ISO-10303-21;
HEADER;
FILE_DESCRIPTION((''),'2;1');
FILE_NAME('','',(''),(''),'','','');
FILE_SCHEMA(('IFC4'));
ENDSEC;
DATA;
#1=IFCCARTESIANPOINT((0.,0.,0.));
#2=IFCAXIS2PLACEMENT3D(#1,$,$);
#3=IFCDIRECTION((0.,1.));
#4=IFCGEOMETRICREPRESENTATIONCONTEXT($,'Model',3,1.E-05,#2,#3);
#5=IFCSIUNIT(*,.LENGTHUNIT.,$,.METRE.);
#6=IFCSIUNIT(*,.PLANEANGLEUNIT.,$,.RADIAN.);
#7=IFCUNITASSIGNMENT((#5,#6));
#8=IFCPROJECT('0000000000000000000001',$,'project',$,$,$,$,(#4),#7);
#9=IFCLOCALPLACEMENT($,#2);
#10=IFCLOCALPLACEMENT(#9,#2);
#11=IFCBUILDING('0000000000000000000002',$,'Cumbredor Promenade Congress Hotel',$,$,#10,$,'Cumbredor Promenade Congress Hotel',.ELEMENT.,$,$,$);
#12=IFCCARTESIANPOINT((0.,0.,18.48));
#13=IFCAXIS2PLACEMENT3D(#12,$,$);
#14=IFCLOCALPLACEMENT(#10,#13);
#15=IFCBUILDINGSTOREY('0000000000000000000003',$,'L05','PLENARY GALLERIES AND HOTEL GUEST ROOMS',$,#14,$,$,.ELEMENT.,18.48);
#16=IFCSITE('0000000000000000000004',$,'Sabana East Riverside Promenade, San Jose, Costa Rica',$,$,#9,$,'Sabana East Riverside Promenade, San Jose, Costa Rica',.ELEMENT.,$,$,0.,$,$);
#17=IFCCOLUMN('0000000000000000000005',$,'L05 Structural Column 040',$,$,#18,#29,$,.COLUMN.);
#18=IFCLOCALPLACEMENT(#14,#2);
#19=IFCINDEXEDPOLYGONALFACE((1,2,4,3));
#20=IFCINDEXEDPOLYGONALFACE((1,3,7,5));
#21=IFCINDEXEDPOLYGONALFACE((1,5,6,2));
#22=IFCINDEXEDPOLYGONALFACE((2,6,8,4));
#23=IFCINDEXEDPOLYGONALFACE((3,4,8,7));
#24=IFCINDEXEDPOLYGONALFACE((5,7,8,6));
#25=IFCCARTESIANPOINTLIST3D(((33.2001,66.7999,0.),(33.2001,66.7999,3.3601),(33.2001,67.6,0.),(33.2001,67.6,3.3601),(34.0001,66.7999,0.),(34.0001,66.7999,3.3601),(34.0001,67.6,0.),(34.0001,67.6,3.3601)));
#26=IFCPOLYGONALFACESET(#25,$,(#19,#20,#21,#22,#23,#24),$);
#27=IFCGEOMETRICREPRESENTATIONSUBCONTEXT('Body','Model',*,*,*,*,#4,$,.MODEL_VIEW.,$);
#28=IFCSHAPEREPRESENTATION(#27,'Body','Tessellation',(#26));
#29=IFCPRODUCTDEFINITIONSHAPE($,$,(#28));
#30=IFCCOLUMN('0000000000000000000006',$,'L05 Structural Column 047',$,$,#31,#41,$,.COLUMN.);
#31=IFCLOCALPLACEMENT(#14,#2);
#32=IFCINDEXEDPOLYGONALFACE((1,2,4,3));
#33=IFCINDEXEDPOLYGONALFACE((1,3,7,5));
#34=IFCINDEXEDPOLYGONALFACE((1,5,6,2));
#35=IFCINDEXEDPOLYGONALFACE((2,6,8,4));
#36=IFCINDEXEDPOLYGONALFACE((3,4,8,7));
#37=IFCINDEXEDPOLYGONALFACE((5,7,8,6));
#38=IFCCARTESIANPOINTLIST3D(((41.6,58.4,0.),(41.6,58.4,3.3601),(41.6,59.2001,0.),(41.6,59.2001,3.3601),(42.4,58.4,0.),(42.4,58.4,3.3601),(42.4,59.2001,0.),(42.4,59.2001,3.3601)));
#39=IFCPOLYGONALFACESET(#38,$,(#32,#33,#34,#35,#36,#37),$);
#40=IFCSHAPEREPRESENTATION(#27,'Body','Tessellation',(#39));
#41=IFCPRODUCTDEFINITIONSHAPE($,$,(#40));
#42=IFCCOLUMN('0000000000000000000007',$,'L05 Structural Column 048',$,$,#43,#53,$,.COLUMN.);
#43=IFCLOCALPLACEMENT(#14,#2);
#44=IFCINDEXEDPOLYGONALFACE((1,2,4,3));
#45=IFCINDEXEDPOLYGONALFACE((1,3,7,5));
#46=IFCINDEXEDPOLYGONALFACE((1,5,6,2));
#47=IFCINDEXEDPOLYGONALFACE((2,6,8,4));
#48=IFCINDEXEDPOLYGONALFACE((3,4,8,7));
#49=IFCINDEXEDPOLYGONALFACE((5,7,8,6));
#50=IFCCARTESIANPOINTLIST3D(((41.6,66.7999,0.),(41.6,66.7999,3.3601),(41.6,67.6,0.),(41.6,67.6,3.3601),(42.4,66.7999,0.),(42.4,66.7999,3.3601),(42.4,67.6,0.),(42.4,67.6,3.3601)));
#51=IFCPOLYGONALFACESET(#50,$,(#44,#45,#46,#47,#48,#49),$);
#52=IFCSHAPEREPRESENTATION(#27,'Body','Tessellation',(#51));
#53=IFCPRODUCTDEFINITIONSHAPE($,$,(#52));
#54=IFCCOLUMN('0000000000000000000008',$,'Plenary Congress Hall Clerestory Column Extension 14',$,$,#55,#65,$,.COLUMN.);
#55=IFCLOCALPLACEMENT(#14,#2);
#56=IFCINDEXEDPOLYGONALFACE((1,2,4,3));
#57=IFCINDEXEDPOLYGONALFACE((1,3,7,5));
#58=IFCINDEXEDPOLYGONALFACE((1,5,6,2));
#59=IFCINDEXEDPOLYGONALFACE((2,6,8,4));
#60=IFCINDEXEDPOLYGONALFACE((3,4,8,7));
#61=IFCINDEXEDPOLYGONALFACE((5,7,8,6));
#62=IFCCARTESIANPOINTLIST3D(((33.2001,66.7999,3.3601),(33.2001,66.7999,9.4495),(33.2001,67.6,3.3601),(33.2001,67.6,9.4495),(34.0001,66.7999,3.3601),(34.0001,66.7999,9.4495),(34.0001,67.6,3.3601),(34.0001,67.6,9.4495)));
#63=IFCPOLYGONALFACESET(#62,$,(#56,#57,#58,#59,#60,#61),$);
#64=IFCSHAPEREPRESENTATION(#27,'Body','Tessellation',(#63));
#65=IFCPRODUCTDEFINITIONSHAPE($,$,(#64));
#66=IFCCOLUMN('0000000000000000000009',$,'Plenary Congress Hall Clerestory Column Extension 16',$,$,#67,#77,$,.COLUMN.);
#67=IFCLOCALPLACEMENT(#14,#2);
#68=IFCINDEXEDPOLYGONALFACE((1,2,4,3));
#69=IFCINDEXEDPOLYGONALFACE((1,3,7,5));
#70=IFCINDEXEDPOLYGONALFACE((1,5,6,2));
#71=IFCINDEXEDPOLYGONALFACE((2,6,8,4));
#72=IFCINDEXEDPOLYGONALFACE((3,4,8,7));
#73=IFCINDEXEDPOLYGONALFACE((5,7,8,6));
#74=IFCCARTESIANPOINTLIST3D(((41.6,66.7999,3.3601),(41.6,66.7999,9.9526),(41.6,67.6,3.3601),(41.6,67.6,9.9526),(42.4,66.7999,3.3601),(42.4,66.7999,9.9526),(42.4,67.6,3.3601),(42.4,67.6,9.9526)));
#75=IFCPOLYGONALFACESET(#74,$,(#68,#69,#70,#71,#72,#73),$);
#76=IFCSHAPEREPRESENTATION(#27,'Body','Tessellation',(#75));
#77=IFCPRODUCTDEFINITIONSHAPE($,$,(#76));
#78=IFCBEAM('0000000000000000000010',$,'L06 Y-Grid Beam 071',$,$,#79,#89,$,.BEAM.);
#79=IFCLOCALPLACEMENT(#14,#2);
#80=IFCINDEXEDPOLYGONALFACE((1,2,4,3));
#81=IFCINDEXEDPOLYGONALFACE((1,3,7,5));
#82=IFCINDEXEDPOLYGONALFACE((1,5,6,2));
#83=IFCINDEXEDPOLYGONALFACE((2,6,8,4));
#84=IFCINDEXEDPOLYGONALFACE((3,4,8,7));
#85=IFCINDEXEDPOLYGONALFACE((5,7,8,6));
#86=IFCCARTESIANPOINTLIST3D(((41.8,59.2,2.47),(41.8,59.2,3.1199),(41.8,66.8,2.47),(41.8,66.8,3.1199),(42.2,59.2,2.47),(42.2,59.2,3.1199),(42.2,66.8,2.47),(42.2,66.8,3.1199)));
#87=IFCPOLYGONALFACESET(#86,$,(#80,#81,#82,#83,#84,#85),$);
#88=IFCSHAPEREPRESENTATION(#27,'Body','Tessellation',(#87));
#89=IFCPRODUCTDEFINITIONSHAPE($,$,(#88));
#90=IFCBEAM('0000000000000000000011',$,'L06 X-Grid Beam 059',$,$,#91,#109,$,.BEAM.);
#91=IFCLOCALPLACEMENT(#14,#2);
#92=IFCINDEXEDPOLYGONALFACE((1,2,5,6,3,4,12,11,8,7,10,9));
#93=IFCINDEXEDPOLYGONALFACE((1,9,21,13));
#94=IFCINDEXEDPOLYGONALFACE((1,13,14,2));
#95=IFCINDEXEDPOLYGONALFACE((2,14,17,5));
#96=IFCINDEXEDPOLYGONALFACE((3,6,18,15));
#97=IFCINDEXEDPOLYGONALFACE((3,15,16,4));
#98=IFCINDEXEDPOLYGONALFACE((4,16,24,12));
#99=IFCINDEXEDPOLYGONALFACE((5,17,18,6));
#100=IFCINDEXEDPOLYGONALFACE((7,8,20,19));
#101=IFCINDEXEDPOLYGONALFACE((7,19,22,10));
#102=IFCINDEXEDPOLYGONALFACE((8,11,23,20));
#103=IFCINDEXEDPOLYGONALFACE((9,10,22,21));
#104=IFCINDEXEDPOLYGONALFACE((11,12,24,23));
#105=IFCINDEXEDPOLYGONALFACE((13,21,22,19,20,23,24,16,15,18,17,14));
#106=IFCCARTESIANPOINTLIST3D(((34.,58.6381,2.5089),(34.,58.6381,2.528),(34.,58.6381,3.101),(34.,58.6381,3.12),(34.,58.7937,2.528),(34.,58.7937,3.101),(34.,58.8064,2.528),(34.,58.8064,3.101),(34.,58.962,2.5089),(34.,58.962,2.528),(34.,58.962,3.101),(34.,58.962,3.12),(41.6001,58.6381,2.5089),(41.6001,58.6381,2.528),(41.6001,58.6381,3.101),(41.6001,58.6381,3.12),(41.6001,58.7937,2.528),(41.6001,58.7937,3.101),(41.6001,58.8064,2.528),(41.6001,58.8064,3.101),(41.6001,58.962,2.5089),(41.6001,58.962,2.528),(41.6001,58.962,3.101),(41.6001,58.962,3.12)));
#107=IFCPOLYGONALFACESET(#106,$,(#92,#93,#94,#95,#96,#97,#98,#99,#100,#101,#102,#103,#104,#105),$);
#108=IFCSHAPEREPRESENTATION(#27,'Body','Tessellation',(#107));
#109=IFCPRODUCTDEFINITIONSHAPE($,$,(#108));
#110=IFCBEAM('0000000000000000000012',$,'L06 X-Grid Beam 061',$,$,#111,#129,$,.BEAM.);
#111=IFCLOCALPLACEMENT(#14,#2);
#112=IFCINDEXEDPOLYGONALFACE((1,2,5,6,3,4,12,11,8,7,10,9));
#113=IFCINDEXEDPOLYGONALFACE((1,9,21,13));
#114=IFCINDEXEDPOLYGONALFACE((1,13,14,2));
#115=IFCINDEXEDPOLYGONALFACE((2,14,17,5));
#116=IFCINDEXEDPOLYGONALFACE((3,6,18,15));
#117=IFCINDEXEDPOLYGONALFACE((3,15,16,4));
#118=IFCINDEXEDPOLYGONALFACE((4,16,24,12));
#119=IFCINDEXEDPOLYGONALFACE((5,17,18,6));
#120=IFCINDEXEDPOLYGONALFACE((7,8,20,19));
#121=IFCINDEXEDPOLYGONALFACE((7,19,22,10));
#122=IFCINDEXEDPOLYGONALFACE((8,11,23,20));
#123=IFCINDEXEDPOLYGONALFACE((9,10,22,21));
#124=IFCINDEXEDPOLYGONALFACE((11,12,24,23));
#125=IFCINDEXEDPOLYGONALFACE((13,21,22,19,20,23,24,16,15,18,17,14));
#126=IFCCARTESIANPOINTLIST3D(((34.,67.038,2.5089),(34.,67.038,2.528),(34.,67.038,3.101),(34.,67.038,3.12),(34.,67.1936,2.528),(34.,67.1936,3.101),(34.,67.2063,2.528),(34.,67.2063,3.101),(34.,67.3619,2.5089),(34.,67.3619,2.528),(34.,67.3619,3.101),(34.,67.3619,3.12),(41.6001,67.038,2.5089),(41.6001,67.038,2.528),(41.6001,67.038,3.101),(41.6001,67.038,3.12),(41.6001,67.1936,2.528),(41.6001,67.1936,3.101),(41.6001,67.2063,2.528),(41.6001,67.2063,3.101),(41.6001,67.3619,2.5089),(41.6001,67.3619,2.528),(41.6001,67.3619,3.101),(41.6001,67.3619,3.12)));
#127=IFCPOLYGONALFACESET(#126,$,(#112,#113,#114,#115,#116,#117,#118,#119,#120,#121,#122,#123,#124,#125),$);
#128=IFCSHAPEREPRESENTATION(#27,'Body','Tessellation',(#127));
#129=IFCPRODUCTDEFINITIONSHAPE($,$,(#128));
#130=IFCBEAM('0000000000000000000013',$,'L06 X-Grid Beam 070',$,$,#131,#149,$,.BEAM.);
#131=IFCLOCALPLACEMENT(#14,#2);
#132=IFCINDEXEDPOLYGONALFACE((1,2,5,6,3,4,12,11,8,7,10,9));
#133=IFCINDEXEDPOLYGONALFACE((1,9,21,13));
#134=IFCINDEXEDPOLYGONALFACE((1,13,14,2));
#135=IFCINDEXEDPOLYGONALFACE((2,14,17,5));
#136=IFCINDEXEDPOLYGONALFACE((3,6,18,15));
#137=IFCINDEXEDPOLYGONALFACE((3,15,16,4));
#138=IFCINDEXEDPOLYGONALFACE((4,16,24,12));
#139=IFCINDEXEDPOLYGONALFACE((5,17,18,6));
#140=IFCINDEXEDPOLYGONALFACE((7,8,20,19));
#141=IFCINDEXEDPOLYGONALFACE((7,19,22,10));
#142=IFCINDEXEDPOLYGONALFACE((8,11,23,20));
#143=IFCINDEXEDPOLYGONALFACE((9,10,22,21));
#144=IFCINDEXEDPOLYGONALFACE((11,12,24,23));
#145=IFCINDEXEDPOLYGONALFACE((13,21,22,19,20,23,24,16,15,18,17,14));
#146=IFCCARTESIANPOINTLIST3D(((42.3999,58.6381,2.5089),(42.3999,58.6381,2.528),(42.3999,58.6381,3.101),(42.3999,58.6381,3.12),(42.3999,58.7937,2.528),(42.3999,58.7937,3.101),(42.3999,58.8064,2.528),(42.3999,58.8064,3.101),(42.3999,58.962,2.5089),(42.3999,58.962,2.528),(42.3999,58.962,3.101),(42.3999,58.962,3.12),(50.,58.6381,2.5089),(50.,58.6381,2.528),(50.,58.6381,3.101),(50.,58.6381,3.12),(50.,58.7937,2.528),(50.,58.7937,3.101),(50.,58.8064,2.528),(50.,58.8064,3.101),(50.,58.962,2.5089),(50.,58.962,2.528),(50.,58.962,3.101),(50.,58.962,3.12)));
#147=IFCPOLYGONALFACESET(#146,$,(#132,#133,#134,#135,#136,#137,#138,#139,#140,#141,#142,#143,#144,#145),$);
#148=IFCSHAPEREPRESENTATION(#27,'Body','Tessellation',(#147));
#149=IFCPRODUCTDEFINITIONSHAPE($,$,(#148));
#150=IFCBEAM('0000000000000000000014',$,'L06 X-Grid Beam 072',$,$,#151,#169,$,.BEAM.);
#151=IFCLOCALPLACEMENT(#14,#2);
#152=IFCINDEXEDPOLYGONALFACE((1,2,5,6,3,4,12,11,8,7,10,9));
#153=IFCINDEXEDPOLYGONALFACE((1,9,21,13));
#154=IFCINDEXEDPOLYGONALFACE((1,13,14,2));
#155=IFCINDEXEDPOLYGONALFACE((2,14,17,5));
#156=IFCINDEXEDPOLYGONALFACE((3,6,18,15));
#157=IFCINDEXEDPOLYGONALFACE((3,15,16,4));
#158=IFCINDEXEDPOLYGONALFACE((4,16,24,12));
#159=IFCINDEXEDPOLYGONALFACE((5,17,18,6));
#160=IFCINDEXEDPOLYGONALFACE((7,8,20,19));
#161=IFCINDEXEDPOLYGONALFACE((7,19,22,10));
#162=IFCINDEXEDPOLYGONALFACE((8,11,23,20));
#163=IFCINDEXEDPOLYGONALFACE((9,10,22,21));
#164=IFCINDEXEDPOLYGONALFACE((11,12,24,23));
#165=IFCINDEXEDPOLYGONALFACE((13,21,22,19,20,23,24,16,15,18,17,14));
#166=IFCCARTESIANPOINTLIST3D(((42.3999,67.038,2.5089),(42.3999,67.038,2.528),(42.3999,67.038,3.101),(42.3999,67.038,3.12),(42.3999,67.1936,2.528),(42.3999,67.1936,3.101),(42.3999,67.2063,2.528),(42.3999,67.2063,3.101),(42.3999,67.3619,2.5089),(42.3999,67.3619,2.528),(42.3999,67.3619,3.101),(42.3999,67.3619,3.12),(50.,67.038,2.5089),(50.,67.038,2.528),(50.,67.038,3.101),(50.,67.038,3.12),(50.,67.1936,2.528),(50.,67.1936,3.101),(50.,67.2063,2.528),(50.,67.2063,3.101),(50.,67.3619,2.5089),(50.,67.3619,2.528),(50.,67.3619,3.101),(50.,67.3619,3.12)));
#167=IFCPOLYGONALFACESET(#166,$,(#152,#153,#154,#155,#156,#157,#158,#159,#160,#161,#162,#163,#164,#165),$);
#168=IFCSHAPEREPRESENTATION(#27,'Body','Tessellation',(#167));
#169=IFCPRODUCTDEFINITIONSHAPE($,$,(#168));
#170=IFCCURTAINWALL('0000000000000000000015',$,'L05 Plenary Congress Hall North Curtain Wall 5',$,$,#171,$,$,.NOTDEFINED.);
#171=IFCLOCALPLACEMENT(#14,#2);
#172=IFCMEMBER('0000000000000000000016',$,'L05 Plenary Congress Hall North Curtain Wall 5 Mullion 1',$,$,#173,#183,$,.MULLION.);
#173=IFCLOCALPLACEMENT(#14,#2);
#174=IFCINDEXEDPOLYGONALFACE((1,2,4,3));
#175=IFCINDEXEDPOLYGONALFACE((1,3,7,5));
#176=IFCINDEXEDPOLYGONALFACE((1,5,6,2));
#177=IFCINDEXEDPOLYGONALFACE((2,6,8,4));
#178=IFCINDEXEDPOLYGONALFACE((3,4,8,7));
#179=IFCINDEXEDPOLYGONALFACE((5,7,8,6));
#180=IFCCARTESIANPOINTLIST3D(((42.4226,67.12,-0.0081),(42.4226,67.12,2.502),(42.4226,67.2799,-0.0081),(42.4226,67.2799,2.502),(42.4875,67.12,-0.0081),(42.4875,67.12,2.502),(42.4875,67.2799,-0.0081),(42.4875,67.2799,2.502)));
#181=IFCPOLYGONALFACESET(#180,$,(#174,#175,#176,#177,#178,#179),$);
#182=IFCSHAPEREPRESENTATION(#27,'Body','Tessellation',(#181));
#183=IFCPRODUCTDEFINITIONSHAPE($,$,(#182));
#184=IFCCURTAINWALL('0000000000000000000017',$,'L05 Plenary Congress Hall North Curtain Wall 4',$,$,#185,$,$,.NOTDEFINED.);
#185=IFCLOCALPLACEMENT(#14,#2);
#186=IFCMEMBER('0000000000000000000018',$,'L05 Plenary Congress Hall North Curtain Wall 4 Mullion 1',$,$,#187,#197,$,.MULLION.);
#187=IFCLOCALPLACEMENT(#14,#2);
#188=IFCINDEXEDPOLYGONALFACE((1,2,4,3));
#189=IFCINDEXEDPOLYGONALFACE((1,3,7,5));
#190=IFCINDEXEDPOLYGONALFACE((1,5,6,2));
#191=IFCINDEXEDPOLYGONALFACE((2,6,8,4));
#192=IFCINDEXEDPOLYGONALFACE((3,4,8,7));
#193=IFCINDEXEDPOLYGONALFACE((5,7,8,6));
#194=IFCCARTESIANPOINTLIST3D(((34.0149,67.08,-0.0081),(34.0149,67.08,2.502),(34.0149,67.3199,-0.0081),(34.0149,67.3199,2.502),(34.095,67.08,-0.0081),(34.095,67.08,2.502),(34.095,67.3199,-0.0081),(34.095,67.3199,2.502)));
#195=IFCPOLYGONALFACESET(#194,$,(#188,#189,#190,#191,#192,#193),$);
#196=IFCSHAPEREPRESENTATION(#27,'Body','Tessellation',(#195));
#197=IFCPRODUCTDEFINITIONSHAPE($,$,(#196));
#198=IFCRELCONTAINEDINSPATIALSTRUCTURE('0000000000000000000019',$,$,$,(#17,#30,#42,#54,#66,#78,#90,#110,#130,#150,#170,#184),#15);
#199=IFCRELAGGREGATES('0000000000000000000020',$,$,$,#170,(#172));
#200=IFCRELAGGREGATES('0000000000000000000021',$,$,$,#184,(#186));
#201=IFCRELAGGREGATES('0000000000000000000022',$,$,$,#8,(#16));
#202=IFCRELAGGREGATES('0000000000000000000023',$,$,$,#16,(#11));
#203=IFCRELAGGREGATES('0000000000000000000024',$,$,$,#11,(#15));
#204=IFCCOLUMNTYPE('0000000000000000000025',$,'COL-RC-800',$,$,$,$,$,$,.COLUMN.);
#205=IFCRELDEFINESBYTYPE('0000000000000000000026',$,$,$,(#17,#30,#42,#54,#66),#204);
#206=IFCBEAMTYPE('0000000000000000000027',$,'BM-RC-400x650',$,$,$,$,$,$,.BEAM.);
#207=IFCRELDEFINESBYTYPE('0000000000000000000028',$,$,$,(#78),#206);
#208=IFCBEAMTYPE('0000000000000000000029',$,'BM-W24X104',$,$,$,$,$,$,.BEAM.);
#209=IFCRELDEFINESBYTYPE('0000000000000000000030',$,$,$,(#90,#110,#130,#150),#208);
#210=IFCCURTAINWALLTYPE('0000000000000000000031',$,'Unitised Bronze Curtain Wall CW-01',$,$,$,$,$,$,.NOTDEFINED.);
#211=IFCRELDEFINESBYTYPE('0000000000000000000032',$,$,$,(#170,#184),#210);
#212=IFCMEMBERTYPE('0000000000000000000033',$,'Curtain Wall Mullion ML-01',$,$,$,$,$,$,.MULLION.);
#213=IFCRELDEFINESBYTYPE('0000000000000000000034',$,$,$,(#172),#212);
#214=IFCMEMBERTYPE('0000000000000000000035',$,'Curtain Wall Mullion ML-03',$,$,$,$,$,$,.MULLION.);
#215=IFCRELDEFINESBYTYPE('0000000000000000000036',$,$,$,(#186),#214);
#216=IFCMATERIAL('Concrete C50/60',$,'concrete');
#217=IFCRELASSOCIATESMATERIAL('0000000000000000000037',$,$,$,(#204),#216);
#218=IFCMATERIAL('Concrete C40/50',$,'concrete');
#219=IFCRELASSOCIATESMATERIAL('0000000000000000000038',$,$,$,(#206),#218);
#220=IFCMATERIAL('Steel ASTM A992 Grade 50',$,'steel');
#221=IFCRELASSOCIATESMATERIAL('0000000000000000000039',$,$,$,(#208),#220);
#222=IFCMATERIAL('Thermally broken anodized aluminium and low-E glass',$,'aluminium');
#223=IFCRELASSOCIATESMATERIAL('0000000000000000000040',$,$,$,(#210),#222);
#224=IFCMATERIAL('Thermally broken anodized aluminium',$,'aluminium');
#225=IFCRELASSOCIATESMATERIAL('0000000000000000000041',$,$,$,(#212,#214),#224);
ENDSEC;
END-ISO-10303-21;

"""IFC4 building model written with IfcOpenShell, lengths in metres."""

from ifc_helpers import new_model, si_unit, direction, frame, origin, origin_2d, place, context, subcontext, project, spatial, rectangle, i_section, extrude, material, material_profile, profile_set, type_object, element, aggregate, save


model = new_model("IFC4")

# Units and contexts
model_context = context("Model", 3, precision=1e-05, world=origin(), true_north=direction((0.0, 1.0)))
body_context = subcontext(model_context, "Body", "Model", "MODEL_VIEW")
ifc_project = project(units=[si_unit("LENGTHUNIT", "METRE"), si_unit("PLANEANGLEUNIT", "RADIAN")], contexts=[model_context])

# Site, building, storey
site_placement = place(None, origin())
site = spatial("IfcSite", under=ifc_project, at=site_placement, Name="Sabana East Riverside Promenade, San Jose, Costa Rica", LongName="Sabana East Riverside Promenade, San Jose, Costa Rica", CompositionType="ELEMENT", RefElevation=0.0)
building_placement = place(site_placement, origin())
building = spatial("IfcBuilding", under=site, at=building_placement, Name="Cumbredor Promenade Congress Hotel", LongName="Cumbredor Promenade Congress Hotel", CompositionType="ELEMENT")
storey_placement = place(building_placement, frame((0.0, 0.0, 18.48)))
storey = spatial("IfcBuildingStorey", under=building, at=storey_placement, Name="L05", Description="PLENARY GALLERIES AND HOTEL GUEST ROOMS", CompositionType="ELEMENT", Elevation=18.48)

# Columns
ifc_material_1 = material(Name="Concrete C50/60", Category="concrete")
ifc_material_profile_1 = material_profile(ifc_material_1, rectangle(XDim=0.8, YDim=0.8, at=origin_2d()), Name="RC 800x800")
ifc_profile_set_1 = profile_set([ifc_material_profile_1], Name="Concrete C50/60")
column_type = type_object("IfcColumnType", Name="COL-RC-800", PredefinedType="COLUMN", material=ifc_profile_set_1)
for number, where, z_axis, x_axis, name in (
    (1, (33.6001, 67.2, 0.0), (0.0, 0.0, 1.0), (1.0, 0.0, 0.0), "L05 Structural Column 040"),
    (2, (42.0, 58.8, 0.0), (0.0, 0.0, 1.0), (1.0, 0.0, 0.0), "L05 Structural Column 047"),
    (3, (42.0, 67.2, 0.0), (0.0, 0.0, 1.0), (1.0, 0.0, 0.0), "L05 Structural Column 048"),
):
    element("IfcColumn", number, at=place(storey_placement, frame(where, z_axis=z_axis, x_axis=x_axis)), inside=storey, type_object=column_type, Name=name, PredefinedType="COLUMN", context=body_context, shape_type="SweptSolid", body=[
        extrude(rectangle(XDim=0.8, YDim=0.8, at=origin_2d()), origin(), (0.0, 0.0, 1.0), 3.3601),
    ])
column_1_placement = place(storey_placement, frame((33.6001, 67.2, 3.3601), z_axis=(0.0, 0.0, 1.0), x_axis=(1.0, 0.0, 0.0)))
element("IfcColumn", 4, at=column_1_placement, inside=storey, type_object=column_type, Name="Plenary Congress Hall Clerestory Column Extension 14", PredefinedType="COLUMN", context=body_context, shape_type="SweptSolid", body=[
    extrude(rectangle(XDim=0.8, YDim=0.8, at=origin_2d()), origin(), (0.0, 0.0, 1.0), 6.0894),
])
column_2_placement = place(storey_placement, frame((42.0, 67.2, 3.3601), z_axis=(0.0, 0.0, 1.0), x_axis=(1.0, 0.0, 0.0)))
element("IfcColumn", 5, at=column_2_placement, inside=storey, type_object=column_type, Name="Plenary Congress Hall Clerestory Column Extension 16", PredefinedType="COLUMN", context=body_context, shape_type="SweptSolid", body=[
    extrude(rectangle(XDim=0.8, YDim=0.8, at=origin_2d()), origin(), (0.0, 0.0, 1.0), 6.5925),
])

# Beams
ifc_material_2 = material(Name="Concrete C40/50", Category="concrete")
ifc_material_profile_2 = material_profile(ifc_material_2, rectangle(XDim=0.3999, YDim=0.6499, at=origin_2d()), Name="RC BEAM 400x650")
ifc_profile_set_2 = profile_set([ifc_material_profile_2], Name="Concrete C40/50")
beam_type_1 = type_object("IfcBeamType", Name="BM-RC-400x650", PredefinedType="BEAM", material=ifc_profile_set_2)
beam_placement = place(storey_placement, frame((42.0, 59.2, 2.7949), z_axis=(0.0, 1.0, 0.0), x_axis=(-1.0, 0.0, 0.0)))
element("IfcBeam", 6, at=beam_placement, inside=storey, type_object=beam_type_1, Name="L06 Y-Grid Beam 071", PredefinedType="BEAM", context=body_context, shape_type="SweptSolid", body=[
    extrude(rectangle(XDim=0.3999, YDim=0.6499, at=origin_2d()), origin(), (0.0, 0.0, 1.0), 7.6001),
])
ifc_material_3 = material(Name="Steel ASTM A992 Grade 50", Category="steel")
ifc_material_profile_3 = material_profile(ifc_material_3, i_section(OverallWidth=0.324, OverallDepth=0.6111, WebThickness=0.0127, FlangeThickness=0.019, at=origin_2d()), Name="W24X104")
ifc_profile_set_3 = profile_set([ifc_material_profile_3], Name="Steel ASTM A992 Grade 50")
beam_type_2 = type_object("IfcBeamType", Name="BM-W24X104", PredefinedType="BEAM", material=ifc_profile_set_3)
for number, where, z_axis, x_axis, name in (
    (7, (34.0, 58.8, 2.8145), (1.0, 0.0, 0.0), (0.0, 1.0, 0.0), "L06 X-Grid Beam 059"),
    (8, (34.0, 67.2, 2.8145), (1.0, 0.0, 0.0), (0.0, 1.0, 0.0), "L06 X-Grid Beam 061"),
    (9, (42.3999, 58.8, 2.8145), (1.0, 0.0, 0.0), (0.0, 1.0, 0.0), "L06 X-Grid Beam 070"),
    (10, (42.3999, 67.2, 2.8145), (1.0, 0.0, 0.0), (0.0, 1.0, 0.0), "L06 X-Grid Beam 072"),
):
    element("IfcBeam", number, at=place(storey_placement, frame(where, z_axis=z_axis, x_axis=x_axis)), inside=storey, type_object=beam_type_2, Name=name, PredefinedType="BEAM", context=body_context, shape_type="SweptSolid", body=[
        extrude(i_section(OverallWidth=0.324, OverallDepth=0.6111, WebThickness=0.0127, FlangeThickness=0.019, at=origin_2d()), origin(), (0.0, 0.0, 1.0), 7.6001),
    ])

# Curtain wall, member
ifc_material_4 = material(Name="Thermally broken anodized aluminium and low-E glass", Category="aluminium")
curtain_wall_type = type_object("IfcCurtainWallType", Name="Unitised Bronze Curtain Wall CW-01", PredefinedType="NOTDEFINED", material=ifc_material_4)
curtain_wall_1_placement = place(storey_placement, origin())
curtain_wall_1 = element("IfcCurtainWall", 11, at=curtain_wall_1_placement, inside=storey, type_object=curtain_wall_type, Name="L05 Plenary Congress Hall North Curtain Wall 5", PredefinedType="NOTDEFINED")
ifc_material_5 = material(Name="Thermally broken anodized aluminium", Category="aluminium")
ifc_material_profile_4 = material_profile(ifc_material_5, rectangle(XDim=0.0649, YDim=0.1599, at=origin_2d()), Name="ALU MULLION 65x160")
ifc_profile_set_4 = profile_set([ifc_material_profile_4], Name="Thermally broken anodized aluminium")
member_type_1 = type_object("IfcMemberType", Name="Curtain Wall Mullion ML-01", PredefinedType="MULLION", material=ifc_profile_set_4)
member_1_placement = place(storey_placement, frame((42.4551, 67.2, -0.0081), z_axis=(0.0, 0.0, 1.0), x_axis=(1.0, 0.0, 0.0)))
member_1 = element("IfcMember", 12, at=member_1_placement, type_object=member_type_1, Name="L05 Plenary Congress Hall North Curtain Wall 5 Mullion 1", PredefinedType="MULLION", context=body_context, shape_type="SweptSolid", body=[
    extrude(rectangle(XDim=0.0649, YDim=0.1599, at=origin_2d()), origin(), (0.0, 0.0, 1.0), 2.51),
])

# Curtain wall, member
curtain_wall_2_placement = place(storey_placement, origin())
curtain_wall_2 = element("IfcCurtainWall", 13, at=curtain_wall_2_placement, inside=storey, type_object=curtain_wall_type, Name="L05 Plenary Congress Hall North Curtain Wall 4", PredefinedType="NOTDEFINED")
ifc_material_profile_5 = material_profile(ifc_material_5, rectangle(XDim=0.0801, YDim=0.24, at=origin_2d()), Name="ALU MULLION 80x240")
ifc_profile_set_5 = profile_set([ifc_material_profile_5], Name="Thermally broken anodized aluminium")
member_type_2 = type_object("IfcMemberType", Name="Curtain Wall Mullion ML-03", PredefinedType="MULLION", material=ifc_profile_set_5)
member_2_placement = place(storey_placement, frame((34.0549, 67.2, -0.0081), z_axis=(0.0, 0.0, 1.0), x_axis=(1.0, 0.0, 0.0)))
member_2 = element("IfcMember", 14, at=member_2_placement, type_object=member_type_2, Name="L05 Plenary Congress Hall North Curtain Wall 4 Mullion 1", PredefinedType="MULLION", context=body_context, shape_type="SweptSolid", body=[
    extrude(rectangle(XDim=0.0801, YDim=0.24, at=origin_2d()), origin(), (0.0, 0.0, 1.0), 2.51),
])

aggregate(curtain_wall_1, [member_1])
aggregate(curtain_wall_2, [member_2])

save(model, "model.ifc")
